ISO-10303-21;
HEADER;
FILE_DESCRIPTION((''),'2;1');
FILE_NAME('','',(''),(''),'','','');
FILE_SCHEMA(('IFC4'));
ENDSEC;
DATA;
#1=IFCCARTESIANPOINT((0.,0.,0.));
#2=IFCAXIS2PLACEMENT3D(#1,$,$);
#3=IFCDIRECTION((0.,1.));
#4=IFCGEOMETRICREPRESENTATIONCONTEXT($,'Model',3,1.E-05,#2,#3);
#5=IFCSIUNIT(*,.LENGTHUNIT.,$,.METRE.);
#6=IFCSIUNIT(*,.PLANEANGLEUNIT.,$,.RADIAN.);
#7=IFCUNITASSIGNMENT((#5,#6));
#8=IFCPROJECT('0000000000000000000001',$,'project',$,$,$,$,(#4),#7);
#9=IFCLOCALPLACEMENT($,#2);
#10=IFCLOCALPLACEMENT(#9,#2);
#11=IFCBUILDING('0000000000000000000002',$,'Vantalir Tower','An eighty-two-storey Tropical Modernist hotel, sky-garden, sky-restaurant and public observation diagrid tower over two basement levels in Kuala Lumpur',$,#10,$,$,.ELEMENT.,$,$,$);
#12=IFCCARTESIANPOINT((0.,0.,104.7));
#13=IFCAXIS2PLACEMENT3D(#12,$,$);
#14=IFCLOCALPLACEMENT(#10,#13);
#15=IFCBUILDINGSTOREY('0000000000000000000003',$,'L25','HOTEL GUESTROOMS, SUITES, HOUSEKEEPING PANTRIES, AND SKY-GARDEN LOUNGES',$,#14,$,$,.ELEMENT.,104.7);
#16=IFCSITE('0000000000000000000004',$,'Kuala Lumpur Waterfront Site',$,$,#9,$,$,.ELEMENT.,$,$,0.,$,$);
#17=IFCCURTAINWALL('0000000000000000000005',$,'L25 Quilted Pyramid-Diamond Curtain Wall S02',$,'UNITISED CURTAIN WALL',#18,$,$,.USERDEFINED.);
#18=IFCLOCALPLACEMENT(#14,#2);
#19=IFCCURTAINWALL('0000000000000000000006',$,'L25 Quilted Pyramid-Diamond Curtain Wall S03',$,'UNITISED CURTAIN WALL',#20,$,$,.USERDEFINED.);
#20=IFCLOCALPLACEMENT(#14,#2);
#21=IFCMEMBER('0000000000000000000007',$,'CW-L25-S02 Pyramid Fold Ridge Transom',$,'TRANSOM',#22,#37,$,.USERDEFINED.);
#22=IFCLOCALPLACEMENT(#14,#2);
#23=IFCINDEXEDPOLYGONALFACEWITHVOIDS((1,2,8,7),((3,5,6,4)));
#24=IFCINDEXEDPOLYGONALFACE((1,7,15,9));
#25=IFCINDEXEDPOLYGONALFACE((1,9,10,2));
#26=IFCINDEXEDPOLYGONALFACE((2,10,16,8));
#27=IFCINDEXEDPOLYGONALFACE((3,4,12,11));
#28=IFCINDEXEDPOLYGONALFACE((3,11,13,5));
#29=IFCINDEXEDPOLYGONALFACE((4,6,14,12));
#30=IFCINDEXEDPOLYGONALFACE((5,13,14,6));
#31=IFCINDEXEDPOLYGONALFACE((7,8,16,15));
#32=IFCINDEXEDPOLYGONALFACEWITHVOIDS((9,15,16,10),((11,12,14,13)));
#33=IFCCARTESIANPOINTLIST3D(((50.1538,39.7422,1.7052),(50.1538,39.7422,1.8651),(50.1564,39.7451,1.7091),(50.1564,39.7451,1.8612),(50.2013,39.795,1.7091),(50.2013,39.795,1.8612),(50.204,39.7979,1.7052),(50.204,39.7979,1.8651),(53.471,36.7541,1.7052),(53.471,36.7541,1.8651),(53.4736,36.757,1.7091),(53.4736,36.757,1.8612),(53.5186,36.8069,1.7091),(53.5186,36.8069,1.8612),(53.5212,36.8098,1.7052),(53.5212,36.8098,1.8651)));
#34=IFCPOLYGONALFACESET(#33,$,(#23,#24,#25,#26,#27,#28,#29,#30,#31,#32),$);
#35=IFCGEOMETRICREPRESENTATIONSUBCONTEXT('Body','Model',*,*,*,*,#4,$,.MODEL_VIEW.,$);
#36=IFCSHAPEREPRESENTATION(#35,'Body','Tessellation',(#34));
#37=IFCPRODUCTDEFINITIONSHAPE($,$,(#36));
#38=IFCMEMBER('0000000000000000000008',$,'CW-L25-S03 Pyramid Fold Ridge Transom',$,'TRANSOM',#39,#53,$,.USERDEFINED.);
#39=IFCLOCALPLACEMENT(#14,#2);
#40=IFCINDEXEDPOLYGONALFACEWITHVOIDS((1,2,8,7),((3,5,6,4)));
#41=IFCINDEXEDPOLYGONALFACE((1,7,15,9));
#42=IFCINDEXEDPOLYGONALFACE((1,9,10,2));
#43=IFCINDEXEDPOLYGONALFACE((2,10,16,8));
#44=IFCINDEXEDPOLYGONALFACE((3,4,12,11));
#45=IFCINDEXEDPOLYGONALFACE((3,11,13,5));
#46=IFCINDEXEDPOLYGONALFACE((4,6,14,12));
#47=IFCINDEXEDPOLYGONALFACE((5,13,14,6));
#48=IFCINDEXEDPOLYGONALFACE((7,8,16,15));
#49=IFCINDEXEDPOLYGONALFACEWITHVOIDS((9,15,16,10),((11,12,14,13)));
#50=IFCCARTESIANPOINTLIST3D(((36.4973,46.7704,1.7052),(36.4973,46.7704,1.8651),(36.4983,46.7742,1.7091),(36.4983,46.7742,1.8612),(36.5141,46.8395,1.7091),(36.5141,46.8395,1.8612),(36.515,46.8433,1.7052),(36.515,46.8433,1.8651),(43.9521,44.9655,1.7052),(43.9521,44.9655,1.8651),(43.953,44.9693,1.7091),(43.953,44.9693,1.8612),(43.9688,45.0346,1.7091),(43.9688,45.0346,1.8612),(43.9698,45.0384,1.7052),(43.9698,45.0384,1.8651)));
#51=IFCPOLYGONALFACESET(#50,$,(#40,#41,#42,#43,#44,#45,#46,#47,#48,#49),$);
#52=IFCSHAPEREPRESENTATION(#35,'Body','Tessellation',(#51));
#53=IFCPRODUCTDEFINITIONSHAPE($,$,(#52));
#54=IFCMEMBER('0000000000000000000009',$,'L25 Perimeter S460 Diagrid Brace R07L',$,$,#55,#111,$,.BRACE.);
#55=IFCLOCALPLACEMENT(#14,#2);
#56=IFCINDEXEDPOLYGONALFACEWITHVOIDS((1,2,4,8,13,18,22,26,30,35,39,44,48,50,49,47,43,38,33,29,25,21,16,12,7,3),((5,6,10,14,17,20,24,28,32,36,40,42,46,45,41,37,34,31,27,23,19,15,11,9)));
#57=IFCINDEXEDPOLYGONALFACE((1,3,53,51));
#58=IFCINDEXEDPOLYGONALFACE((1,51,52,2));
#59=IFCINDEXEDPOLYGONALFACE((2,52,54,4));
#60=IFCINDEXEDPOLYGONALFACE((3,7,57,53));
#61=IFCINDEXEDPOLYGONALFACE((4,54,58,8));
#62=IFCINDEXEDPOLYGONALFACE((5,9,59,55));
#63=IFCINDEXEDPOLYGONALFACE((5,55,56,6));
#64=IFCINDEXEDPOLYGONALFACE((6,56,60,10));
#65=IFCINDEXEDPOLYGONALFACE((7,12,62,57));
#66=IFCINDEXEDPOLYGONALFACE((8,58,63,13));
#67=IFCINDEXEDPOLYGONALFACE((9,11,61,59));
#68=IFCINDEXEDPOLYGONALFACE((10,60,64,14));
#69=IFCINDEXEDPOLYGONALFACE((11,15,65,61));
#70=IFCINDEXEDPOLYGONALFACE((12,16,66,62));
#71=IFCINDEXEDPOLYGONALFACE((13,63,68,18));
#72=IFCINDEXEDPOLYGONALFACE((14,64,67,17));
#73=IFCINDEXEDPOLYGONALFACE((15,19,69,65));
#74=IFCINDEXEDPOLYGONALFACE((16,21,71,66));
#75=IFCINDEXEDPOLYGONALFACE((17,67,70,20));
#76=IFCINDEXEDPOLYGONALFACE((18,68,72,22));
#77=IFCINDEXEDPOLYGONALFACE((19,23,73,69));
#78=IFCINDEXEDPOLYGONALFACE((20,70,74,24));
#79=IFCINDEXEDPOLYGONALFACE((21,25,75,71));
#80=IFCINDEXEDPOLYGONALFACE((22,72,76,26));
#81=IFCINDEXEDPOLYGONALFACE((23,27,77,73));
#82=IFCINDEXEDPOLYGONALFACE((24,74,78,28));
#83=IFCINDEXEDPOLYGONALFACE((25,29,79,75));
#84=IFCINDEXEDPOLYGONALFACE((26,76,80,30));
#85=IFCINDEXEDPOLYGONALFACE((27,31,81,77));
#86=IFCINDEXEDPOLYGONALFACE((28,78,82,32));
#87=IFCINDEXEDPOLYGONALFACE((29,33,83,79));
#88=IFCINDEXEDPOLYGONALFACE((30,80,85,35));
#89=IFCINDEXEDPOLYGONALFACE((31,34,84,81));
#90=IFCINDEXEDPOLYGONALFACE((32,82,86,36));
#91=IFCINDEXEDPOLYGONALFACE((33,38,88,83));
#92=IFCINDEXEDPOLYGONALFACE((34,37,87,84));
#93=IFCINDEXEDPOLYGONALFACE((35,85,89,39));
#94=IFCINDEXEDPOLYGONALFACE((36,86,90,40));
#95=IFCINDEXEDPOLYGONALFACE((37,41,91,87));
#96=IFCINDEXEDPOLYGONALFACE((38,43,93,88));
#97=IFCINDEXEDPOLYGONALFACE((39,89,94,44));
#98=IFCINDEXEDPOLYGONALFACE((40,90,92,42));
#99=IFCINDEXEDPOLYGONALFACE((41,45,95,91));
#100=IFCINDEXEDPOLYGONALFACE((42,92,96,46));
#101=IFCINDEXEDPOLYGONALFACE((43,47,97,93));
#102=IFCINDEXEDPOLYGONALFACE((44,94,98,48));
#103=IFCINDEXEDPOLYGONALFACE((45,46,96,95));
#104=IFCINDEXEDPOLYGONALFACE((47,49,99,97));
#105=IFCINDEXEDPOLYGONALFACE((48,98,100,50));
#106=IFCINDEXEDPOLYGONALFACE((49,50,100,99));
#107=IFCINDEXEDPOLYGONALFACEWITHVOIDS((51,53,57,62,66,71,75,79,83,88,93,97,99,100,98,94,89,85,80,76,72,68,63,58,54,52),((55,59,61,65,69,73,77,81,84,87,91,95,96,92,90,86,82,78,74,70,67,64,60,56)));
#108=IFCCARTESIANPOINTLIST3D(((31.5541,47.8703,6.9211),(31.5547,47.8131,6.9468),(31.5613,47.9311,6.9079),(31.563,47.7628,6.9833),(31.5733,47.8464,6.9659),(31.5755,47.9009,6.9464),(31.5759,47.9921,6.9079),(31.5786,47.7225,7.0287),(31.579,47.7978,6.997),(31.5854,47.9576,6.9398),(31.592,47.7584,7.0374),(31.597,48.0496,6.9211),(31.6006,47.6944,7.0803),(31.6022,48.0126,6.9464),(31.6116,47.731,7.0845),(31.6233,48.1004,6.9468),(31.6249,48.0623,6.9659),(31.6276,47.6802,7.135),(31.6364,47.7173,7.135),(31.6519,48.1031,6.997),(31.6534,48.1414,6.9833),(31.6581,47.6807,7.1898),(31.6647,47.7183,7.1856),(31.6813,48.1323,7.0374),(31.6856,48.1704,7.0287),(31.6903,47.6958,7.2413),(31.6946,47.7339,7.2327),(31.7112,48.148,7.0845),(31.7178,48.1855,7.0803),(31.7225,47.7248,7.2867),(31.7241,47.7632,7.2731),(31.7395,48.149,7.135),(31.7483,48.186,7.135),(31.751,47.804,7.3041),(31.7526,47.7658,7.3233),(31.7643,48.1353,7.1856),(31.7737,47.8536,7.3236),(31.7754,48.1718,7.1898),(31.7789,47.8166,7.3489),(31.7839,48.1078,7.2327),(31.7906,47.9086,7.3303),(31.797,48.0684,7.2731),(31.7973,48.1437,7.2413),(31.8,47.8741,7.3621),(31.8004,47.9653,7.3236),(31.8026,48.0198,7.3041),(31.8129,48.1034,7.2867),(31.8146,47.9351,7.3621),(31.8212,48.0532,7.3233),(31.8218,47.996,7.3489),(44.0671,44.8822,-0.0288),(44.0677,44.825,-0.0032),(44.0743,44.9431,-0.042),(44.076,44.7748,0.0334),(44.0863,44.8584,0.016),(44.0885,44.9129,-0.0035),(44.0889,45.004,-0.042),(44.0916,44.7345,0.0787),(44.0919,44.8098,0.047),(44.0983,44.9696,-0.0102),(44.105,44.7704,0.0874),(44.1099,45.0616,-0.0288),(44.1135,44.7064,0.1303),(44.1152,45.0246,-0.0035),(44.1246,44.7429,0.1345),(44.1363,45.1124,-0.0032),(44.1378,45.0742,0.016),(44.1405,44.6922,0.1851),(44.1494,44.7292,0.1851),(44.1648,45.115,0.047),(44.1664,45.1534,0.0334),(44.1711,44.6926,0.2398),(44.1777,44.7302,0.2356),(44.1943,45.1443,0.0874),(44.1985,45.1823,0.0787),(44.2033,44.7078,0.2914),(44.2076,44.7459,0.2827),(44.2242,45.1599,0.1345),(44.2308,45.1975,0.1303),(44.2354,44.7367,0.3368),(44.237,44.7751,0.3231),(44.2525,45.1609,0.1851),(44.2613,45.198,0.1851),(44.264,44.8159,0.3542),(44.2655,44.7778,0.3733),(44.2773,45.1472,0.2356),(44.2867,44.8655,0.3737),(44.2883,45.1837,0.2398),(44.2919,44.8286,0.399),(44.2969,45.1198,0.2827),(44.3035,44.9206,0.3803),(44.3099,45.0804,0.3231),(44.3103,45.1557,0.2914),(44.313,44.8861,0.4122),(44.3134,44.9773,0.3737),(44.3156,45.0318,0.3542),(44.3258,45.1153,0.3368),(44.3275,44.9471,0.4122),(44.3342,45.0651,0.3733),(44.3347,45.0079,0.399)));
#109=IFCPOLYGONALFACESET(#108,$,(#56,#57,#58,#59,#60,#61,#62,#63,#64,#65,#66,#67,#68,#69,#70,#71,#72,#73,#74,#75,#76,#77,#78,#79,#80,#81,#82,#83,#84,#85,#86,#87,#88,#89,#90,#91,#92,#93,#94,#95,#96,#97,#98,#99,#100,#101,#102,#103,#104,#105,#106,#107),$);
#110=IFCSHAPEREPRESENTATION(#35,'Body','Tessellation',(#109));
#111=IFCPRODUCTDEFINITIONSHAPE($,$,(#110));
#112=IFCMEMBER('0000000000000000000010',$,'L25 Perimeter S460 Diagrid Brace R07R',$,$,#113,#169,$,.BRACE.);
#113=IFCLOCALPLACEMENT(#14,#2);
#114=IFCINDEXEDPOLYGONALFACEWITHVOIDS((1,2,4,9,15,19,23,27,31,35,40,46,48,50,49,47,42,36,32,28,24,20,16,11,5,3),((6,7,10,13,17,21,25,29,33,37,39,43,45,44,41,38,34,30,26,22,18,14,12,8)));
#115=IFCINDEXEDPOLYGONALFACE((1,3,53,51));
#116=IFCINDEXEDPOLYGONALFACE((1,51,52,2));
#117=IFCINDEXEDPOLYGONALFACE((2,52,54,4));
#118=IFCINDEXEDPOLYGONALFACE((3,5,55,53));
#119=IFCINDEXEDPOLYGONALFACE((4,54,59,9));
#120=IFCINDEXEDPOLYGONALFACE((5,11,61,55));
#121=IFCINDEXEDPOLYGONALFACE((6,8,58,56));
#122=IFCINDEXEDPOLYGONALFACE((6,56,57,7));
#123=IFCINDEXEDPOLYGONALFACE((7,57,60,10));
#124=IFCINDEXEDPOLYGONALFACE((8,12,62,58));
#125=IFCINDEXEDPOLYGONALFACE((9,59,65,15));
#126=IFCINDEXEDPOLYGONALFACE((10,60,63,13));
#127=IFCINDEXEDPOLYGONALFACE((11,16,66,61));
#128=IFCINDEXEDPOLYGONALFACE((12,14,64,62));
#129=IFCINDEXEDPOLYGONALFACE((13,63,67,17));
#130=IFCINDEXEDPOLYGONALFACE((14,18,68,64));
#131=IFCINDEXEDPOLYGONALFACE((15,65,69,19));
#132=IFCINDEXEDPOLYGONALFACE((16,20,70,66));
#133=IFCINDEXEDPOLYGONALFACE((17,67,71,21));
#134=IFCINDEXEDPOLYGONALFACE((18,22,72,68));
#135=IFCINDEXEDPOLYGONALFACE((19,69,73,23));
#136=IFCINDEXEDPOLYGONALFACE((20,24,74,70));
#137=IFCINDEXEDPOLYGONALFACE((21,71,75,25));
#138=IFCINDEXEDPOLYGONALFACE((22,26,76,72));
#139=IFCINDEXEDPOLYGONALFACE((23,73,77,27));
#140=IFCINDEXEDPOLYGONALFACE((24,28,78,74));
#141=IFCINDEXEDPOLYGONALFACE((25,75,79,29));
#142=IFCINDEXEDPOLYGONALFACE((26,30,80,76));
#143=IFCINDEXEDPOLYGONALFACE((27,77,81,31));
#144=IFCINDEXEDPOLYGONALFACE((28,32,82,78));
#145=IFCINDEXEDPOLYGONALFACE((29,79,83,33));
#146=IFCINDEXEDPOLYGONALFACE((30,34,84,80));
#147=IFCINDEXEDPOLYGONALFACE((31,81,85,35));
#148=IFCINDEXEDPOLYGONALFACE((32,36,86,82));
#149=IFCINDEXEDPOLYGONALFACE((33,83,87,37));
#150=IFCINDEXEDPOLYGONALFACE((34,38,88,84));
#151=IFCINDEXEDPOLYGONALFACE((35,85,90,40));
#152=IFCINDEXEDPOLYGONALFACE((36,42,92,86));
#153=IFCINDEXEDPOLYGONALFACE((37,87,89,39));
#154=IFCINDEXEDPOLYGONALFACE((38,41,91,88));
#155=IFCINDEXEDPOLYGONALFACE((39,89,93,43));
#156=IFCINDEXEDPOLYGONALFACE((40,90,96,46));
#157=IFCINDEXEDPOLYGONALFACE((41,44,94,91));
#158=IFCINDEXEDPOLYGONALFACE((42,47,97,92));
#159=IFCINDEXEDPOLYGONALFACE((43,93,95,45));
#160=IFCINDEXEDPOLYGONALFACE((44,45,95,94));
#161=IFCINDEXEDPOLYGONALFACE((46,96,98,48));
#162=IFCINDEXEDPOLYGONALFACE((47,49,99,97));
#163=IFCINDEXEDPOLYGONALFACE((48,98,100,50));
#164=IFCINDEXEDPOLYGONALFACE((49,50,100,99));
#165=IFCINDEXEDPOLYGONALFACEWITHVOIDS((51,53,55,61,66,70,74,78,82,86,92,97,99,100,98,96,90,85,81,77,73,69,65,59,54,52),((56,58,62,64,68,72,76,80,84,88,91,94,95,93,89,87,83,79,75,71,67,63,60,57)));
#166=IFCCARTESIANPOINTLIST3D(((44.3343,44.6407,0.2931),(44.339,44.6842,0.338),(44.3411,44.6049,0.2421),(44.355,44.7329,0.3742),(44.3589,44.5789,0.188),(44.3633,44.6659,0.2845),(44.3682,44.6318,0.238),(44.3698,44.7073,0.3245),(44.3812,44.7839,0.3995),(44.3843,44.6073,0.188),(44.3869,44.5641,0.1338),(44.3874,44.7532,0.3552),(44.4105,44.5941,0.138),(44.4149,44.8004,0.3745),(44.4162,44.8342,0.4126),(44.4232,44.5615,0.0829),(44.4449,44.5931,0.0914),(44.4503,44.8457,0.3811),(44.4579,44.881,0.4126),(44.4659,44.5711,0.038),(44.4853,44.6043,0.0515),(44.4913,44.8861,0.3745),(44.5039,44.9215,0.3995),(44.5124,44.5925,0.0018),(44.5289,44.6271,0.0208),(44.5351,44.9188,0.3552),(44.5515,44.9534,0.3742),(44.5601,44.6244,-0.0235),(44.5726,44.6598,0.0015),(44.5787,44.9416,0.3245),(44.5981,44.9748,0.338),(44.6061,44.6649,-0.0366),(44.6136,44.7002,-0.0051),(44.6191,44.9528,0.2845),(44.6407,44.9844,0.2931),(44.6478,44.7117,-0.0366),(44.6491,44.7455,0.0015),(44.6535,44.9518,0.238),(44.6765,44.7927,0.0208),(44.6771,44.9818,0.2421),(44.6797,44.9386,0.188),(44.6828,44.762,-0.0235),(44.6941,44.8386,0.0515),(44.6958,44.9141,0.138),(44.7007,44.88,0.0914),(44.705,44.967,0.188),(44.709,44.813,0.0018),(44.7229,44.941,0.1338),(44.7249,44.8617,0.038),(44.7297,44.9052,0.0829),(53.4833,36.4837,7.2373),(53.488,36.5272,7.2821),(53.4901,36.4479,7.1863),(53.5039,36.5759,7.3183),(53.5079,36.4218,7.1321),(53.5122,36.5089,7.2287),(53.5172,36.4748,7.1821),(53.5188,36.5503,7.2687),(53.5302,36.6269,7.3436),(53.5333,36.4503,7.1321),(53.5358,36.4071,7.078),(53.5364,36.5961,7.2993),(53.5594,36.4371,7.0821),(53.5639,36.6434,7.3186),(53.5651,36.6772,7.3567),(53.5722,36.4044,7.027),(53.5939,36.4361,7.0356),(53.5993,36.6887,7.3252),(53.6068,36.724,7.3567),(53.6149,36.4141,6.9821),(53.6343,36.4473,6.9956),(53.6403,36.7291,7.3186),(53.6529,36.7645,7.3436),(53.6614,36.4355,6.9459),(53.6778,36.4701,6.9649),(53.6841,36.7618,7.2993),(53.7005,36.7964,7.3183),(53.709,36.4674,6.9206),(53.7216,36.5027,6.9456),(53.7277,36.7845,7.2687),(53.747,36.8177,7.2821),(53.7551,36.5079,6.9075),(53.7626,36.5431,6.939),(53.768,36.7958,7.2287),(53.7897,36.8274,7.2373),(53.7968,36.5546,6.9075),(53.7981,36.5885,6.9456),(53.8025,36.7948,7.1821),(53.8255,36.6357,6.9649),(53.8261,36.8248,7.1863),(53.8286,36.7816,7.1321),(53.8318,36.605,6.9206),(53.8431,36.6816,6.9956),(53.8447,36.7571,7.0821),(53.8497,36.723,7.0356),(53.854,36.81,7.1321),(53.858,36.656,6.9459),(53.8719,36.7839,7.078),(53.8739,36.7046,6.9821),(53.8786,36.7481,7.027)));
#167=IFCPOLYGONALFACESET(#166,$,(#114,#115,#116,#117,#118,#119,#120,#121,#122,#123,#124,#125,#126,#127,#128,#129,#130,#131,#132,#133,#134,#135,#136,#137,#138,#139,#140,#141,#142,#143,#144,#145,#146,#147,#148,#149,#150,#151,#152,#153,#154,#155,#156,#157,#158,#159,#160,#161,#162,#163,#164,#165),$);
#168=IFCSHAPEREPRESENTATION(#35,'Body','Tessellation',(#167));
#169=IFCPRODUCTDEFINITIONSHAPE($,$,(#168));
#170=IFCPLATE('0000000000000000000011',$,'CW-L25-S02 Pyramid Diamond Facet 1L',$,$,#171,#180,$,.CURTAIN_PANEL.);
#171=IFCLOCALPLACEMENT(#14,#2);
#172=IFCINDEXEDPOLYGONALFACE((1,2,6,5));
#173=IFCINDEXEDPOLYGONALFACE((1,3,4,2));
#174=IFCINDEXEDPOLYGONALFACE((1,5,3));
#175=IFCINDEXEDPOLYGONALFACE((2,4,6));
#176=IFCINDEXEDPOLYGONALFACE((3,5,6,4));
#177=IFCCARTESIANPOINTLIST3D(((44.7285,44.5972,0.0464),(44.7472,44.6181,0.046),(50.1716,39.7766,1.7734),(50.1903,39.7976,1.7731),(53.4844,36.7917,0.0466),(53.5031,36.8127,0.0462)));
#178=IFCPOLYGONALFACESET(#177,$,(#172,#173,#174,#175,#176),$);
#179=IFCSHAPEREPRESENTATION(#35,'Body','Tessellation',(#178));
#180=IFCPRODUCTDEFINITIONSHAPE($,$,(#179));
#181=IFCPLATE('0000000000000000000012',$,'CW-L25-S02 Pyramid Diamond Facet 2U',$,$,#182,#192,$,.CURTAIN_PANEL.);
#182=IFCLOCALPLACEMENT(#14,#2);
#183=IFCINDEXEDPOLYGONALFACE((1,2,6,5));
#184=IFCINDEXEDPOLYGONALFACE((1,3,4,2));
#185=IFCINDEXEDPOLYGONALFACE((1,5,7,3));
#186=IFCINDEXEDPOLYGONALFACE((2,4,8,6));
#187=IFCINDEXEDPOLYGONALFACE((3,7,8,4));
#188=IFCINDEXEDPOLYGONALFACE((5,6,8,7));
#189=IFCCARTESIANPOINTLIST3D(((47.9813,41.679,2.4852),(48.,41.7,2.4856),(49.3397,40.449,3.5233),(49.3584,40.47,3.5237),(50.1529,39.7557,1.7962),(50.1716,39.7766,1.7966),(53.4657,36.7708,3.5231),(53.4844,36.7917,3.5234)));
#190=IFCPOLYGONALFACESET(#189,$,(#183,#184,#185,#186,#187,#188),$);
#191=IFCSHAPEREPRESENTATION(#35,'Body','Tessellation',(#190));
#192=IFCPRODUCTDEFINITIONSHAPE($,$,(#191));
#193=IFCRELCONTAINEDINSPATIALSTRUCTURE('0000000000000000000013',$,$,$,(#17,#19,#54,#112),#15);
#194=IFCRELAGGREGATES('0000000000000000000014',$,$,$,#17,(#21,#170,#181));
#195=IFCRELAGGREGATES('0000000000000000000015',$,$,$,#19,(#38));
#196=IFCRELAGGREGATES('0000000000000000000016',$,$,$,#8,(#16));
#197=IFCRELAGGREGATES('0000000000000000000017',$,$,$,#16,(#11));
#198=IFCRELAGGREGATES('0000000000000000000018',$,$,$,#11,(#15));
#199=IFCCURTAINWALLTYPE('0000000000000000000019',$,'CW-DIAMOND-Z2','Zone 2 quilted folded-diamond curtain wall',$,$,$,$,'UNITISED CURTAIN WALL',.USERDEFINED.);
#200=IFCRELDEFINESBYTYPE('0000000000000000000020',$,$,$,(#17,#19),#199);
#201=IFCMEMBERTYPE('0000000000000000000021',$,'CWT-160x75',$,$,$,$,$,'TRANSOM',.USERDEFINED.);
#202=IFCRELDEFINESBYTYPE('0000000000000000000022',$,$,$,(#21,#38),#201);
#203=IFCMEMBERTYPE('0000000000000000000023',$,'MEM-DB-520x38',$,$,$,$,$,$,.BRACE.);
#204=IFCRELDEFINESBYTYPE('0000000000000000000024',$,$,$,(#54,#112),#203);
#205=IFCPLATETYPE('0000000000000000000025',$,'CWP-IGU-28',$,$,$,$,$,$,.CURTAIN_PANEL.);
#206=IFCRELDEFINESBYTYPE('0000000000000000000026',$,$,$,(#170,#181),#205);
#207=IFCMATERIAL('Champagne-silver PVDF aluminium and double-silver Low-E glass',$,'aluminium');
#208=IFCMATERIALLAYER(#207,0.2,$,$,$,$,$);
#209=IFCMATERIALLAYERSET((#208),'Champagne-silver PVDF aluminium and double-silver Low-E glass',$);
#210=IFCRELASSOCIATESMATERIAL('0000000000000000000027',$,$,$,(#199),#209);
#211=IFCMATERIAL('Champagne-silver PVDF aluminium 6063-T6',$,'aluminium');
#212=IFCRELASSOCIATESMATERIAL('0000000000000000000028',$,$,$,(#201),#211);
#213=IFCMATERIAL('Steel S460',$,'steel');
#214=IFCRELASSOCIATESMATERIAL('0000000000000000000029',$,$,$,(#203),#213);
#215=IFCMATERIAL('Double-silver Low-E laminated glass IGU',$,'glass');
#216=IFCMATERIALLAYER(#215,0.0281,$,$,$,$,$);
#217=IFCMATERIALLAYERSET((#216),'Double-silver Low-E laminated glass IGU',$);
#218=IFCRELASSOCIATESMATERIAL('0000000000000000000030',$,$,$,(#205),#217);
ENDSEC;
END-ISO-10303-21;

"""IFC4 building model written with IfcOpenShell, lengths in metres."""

from ifc_helpers import new_model, si_unit, direction, frame, origin, origin_2d, place, context, subcontext, project, spatial, polyline, hollow_rectangle, hollow_circle, outline, extrude, material, layer, layer_set, material_profile, profile_set, type_object, element, aggregate, save


model = new_model("IFC4")

# Units and contexts
model_context = context("Model", 3, precision=1e-05, world=origin(), true_north=direction((0.0, 1.0)))
body_context = subcontext(model_context, "Body", "Model", "MODEL_VIEW")
ifc_project = project(units=[si_unit("LENGTHUNIT", "METRE"), si_unit("PLANEANGLEUNIT", "RADIAN")], contexts=[model_context])

# Site, building, storey
site_placement = place(None, origin())
site = spatial("IfcSite", under=ifc_project, at=site_placement, Name="Kuala Lumpur Waterfront Site", CompositionType="ELEMENT", RefElevation=0.0)
building_placement = place(site_placement, origin())
building = spatial("IfcBuilding", under=site, at=building_placement, Name="Vantalir Tower", Description="An eighty-two-storey Tropical Modernist hotel, sky-garden, sky-restaurant and public observation diagrid tower over two basement levels in Kuala Lumpur", CompositionType="ELEMENT")
storey_placement = place(building_placement, frame((0.0, 0.0, 104.7)))
storey = spatial("IfcBuildingStorey", under=building, at=storey_placement, Name="L25", Description="HOTEL GUESTROOMS, SUITES, HOUSEKEEPING PANTRIES, AND SKY-GARDEN LOUNGES", CompositionType="ELEMENT", Elevation=104.7)

# Shared definitions
ifc_material_1 = material(Name="Steel S460", Category="steel")

# Curtain wall
ifc_material_2 = material(Name="Champagne-silver PVDF aluminium and double-silver Low-E glass", Category="aluminium")
ifc_layer_1 = layer(ifc_material_2, 0.2)
ifc_layer_set_1 = layer_set([ifc_layer_1], Name="Champagne-silver PVDF aluminium and double-silver Low-E glass")
curtain_wall_type = type_object("IfcCurtainWallType", Name="CW-DIAMOND-Z2", Description="Zone 2 quilted folded-diamond curtain wall", ElementType="UNITISED CURTAIN WALL", PredefinedType="USERDEFINED", material=ifc_layer_set_1)
curtain_wall_1_placement = place(storey_placement, origin())
curtain_wall_1 = element("IfcCurtainWall", 1, at=curtain_wall_1_placement, inside=storey, type_object=curtain_wall_type, Name="L25 Quilted Pyramid-Diamond Curtain Wall S02", ObjectType="UNITISED CURTAIN WALL", PredefinedType="USERDEFINED")
ifc_material_3 = material(Name="Champagne-silver PVDF aluminium 6063-T6", Category="aluminium")

# Curtain wall
curtain_wall_2_placement = place(storey_placement, origin())
curtain_wall_2 = element("IfcCurtainWall", 2, at=curtain_wall_2_placement, inside=storey, type_object=curtain_wall_type, Name="L25 Quilted Pyramid-Diamond Curtain Wall S03", ObjectType="UNITISED CURTAIN WALL", PredefinedType="USERDEFINED")

# Members
ifc_material_profile_1 = material_profile(ifc_material_3, hollow_rectangle(XDim=0.075, YDim=0.1599, WallThickness=0.0039, at=origin_2d()), Name="Champagne-silver PVDF aluminium 6063-T6")
ifc_profile_set_1 = profile_set([ifc_material_profile_1], Name="Champagne-silver PVDF aluminium 6063-T6")
member_type_1 = type_object("IfcMemberType", Name="CWT-160x75", ElementType="TRANSOM", PredefinedType="USERDEFINED", material=ifc_profile_set_1)
member_1_placement = place(storey_placement, frame((53.4961, 36.782, 1.7852), z_axis=(-0.743003, 0.669288, 0.0), x_axis=(-0.669288, -0.743003, 0.0)))
member_1 = element("IfcMember", 3, at=member_1_placement, type_object=member_type_1, Name="CW-L25-S02 Pyramid Fold Ridge Transom", ObjectType="TRANSOM", PredefinedType="USERDEFINED", context=body_context, shape_type="SweptSolid", body=[
    extrude(hollow_rectangle(XDim=0.075, YDim=0.1599, WallThickness=0.0039, at=origin_2d()), origin(), (0.0, 0.0, 1.0), 4.4646),
])
member_2_placement = place(storey_placement, frame((43.9609, 45.002, 1.7852), z_axis=(-0.971919, 0.235317, 0.0), x_axis=(-0.235317, -0.971919, 0.0)))
member_2 = element("IfcMember", 4, at=member_2_placement, type_object=member_type_1, Name="CW-L25-S03 Pyramid Fold Ridge Transom", ObjectType="TRANSOM", PredefinedType="USERDEFINED", context=body_context, shape_type="SweptSolid", body=[
    extrude(hollow_rectangle(XDim=0.075, YDim=0.1599, WallThickness=0.0039, at=origin_2d()), origin(), (0.0, 0.0, 1.0), 7.6702),
])

# Members
ifc_material_profile_2 = material_profile(ifc_material_1, hollow_circle(Radius=0.26, WallThickness=0.0381, at=origin_2d()), Name="Steel S460")
ifc_profile_set_2 = profile_set([ifc_material_profile_2], Name="Steel S460")
member_type_2 = type_object("IfcMemberType", Name="MEM-DB-520x38", PredefinedType="BRACE", material=ifc_profile_set_2)
member_3_placement = place(storey_placement, frame((44.2009, 44.9451, 0.1851), z_axis=(-0.855759, 0.204352, 0.475307), x_axis=(-0.232265, -0.972652, 0.0)))
element("IfcMember", 5, at=member_3_placement, inside=storey, type_object=member_type_2, Name="L25 Perimeter S460 Diagrid Brace R07L", PredefinedType="BRACE", context=body_context, shape_type="SweptSolid", body=[
    extrude(hollow_circle(Radius=0.26, WallThickness=0.0381, at=origin_2d()), origin(), (0.0, 0.0, 1.0), 14.6221),
])
member_4_placement = place(storey_placement, frame((44.532, 44.7729, 0.188), z_axis=(0.649433, -0.57902, 0.492923), x_axis=(0.665484, 0.746412, 0.0)))
element("IfcMember", 6, at=member_4_placement, inside=storey, type_object=member_type_2, Name="L25 Perimeter S460 Diagrid Brace R07R", PredefinedType="BRACE", context=body_context, shape_type="SweptSolid", body=[
    extrude(hollow_circle(Radius=0.26, WallThickness=0.0381, at=origin_2d()), origin(), (0.0, 0.0, 1.0), 14.0876),
])

# Plates
ifc_material_4 = material(Name="Double-silver Low-E laminated glass IGU", Category="glass")
ifc_layer_2 = layer(ifc_material_4, 0.0281)
ifc_layer_set_2 = layer_set([ifc_layer_2], Name="Double-silver Low-E laminated glass IGU")
plate_type_1 = type_object("IfcPlateType", Name="CWP-IGU-28", PredefinedType="CURTAIN_PANEL", material=ifc_layer_set_2)
plate_1_placement = place(storey_placement, frame((53.4844, 36.7917, 0.0466), z_axis=(-0.665369, -0.746389, 0.013707), x_axis=(-0.746459, 0.665432, -0.000021)))
plate_1 = element("IfcPlate", 7, at=plate_1_placement, type_object=plate_type_1, Name="CW-L25-S02 Pyramid Diamond Facet 1L", PredefinedType="CURTAIN_PANEL", context=body_context, shape_type="SweptSolid", body=[
    extrude(outline(polyline([(0.0, 0.0), (11.7299, 0.0), (4.459, -1.7271), (0.0, 0.0)])), origin(), (0.0, 0.0, -1.0), 0.0281),
])
plate_2_placement = place(storey_placement, frame((53.4844, 36.7917, 3.5234), z_axis=(0.665381, 0.746379, 0.013665), x_axis=(-0.746449, 0.665442, 0.000044)))
plate_2 = element("IfcPlate", 8, at=plate_2_placement, type_object=plate_type_1, Name="CW-L25-S02 Pyramid Diamond Facet 2U", PredefinedType="CURTAIN_PANEL", context=body_context, shape_type="SweptSolid", body=[
    extrude(outline(polyline([(0.0, 0.0), (5.5275, 0.0), (7.3599, -1.0383), (4.459, -1.7272), (0.0, 0.0)])), origin(), (0.0, 0.0, -1.0), 0.0281),
])
aggregate(curtain_wall_1, [member_1, plate_1, plate_2])
aggregate(curtain_wall_2, [member_2])

save(model, "model.ifc")
